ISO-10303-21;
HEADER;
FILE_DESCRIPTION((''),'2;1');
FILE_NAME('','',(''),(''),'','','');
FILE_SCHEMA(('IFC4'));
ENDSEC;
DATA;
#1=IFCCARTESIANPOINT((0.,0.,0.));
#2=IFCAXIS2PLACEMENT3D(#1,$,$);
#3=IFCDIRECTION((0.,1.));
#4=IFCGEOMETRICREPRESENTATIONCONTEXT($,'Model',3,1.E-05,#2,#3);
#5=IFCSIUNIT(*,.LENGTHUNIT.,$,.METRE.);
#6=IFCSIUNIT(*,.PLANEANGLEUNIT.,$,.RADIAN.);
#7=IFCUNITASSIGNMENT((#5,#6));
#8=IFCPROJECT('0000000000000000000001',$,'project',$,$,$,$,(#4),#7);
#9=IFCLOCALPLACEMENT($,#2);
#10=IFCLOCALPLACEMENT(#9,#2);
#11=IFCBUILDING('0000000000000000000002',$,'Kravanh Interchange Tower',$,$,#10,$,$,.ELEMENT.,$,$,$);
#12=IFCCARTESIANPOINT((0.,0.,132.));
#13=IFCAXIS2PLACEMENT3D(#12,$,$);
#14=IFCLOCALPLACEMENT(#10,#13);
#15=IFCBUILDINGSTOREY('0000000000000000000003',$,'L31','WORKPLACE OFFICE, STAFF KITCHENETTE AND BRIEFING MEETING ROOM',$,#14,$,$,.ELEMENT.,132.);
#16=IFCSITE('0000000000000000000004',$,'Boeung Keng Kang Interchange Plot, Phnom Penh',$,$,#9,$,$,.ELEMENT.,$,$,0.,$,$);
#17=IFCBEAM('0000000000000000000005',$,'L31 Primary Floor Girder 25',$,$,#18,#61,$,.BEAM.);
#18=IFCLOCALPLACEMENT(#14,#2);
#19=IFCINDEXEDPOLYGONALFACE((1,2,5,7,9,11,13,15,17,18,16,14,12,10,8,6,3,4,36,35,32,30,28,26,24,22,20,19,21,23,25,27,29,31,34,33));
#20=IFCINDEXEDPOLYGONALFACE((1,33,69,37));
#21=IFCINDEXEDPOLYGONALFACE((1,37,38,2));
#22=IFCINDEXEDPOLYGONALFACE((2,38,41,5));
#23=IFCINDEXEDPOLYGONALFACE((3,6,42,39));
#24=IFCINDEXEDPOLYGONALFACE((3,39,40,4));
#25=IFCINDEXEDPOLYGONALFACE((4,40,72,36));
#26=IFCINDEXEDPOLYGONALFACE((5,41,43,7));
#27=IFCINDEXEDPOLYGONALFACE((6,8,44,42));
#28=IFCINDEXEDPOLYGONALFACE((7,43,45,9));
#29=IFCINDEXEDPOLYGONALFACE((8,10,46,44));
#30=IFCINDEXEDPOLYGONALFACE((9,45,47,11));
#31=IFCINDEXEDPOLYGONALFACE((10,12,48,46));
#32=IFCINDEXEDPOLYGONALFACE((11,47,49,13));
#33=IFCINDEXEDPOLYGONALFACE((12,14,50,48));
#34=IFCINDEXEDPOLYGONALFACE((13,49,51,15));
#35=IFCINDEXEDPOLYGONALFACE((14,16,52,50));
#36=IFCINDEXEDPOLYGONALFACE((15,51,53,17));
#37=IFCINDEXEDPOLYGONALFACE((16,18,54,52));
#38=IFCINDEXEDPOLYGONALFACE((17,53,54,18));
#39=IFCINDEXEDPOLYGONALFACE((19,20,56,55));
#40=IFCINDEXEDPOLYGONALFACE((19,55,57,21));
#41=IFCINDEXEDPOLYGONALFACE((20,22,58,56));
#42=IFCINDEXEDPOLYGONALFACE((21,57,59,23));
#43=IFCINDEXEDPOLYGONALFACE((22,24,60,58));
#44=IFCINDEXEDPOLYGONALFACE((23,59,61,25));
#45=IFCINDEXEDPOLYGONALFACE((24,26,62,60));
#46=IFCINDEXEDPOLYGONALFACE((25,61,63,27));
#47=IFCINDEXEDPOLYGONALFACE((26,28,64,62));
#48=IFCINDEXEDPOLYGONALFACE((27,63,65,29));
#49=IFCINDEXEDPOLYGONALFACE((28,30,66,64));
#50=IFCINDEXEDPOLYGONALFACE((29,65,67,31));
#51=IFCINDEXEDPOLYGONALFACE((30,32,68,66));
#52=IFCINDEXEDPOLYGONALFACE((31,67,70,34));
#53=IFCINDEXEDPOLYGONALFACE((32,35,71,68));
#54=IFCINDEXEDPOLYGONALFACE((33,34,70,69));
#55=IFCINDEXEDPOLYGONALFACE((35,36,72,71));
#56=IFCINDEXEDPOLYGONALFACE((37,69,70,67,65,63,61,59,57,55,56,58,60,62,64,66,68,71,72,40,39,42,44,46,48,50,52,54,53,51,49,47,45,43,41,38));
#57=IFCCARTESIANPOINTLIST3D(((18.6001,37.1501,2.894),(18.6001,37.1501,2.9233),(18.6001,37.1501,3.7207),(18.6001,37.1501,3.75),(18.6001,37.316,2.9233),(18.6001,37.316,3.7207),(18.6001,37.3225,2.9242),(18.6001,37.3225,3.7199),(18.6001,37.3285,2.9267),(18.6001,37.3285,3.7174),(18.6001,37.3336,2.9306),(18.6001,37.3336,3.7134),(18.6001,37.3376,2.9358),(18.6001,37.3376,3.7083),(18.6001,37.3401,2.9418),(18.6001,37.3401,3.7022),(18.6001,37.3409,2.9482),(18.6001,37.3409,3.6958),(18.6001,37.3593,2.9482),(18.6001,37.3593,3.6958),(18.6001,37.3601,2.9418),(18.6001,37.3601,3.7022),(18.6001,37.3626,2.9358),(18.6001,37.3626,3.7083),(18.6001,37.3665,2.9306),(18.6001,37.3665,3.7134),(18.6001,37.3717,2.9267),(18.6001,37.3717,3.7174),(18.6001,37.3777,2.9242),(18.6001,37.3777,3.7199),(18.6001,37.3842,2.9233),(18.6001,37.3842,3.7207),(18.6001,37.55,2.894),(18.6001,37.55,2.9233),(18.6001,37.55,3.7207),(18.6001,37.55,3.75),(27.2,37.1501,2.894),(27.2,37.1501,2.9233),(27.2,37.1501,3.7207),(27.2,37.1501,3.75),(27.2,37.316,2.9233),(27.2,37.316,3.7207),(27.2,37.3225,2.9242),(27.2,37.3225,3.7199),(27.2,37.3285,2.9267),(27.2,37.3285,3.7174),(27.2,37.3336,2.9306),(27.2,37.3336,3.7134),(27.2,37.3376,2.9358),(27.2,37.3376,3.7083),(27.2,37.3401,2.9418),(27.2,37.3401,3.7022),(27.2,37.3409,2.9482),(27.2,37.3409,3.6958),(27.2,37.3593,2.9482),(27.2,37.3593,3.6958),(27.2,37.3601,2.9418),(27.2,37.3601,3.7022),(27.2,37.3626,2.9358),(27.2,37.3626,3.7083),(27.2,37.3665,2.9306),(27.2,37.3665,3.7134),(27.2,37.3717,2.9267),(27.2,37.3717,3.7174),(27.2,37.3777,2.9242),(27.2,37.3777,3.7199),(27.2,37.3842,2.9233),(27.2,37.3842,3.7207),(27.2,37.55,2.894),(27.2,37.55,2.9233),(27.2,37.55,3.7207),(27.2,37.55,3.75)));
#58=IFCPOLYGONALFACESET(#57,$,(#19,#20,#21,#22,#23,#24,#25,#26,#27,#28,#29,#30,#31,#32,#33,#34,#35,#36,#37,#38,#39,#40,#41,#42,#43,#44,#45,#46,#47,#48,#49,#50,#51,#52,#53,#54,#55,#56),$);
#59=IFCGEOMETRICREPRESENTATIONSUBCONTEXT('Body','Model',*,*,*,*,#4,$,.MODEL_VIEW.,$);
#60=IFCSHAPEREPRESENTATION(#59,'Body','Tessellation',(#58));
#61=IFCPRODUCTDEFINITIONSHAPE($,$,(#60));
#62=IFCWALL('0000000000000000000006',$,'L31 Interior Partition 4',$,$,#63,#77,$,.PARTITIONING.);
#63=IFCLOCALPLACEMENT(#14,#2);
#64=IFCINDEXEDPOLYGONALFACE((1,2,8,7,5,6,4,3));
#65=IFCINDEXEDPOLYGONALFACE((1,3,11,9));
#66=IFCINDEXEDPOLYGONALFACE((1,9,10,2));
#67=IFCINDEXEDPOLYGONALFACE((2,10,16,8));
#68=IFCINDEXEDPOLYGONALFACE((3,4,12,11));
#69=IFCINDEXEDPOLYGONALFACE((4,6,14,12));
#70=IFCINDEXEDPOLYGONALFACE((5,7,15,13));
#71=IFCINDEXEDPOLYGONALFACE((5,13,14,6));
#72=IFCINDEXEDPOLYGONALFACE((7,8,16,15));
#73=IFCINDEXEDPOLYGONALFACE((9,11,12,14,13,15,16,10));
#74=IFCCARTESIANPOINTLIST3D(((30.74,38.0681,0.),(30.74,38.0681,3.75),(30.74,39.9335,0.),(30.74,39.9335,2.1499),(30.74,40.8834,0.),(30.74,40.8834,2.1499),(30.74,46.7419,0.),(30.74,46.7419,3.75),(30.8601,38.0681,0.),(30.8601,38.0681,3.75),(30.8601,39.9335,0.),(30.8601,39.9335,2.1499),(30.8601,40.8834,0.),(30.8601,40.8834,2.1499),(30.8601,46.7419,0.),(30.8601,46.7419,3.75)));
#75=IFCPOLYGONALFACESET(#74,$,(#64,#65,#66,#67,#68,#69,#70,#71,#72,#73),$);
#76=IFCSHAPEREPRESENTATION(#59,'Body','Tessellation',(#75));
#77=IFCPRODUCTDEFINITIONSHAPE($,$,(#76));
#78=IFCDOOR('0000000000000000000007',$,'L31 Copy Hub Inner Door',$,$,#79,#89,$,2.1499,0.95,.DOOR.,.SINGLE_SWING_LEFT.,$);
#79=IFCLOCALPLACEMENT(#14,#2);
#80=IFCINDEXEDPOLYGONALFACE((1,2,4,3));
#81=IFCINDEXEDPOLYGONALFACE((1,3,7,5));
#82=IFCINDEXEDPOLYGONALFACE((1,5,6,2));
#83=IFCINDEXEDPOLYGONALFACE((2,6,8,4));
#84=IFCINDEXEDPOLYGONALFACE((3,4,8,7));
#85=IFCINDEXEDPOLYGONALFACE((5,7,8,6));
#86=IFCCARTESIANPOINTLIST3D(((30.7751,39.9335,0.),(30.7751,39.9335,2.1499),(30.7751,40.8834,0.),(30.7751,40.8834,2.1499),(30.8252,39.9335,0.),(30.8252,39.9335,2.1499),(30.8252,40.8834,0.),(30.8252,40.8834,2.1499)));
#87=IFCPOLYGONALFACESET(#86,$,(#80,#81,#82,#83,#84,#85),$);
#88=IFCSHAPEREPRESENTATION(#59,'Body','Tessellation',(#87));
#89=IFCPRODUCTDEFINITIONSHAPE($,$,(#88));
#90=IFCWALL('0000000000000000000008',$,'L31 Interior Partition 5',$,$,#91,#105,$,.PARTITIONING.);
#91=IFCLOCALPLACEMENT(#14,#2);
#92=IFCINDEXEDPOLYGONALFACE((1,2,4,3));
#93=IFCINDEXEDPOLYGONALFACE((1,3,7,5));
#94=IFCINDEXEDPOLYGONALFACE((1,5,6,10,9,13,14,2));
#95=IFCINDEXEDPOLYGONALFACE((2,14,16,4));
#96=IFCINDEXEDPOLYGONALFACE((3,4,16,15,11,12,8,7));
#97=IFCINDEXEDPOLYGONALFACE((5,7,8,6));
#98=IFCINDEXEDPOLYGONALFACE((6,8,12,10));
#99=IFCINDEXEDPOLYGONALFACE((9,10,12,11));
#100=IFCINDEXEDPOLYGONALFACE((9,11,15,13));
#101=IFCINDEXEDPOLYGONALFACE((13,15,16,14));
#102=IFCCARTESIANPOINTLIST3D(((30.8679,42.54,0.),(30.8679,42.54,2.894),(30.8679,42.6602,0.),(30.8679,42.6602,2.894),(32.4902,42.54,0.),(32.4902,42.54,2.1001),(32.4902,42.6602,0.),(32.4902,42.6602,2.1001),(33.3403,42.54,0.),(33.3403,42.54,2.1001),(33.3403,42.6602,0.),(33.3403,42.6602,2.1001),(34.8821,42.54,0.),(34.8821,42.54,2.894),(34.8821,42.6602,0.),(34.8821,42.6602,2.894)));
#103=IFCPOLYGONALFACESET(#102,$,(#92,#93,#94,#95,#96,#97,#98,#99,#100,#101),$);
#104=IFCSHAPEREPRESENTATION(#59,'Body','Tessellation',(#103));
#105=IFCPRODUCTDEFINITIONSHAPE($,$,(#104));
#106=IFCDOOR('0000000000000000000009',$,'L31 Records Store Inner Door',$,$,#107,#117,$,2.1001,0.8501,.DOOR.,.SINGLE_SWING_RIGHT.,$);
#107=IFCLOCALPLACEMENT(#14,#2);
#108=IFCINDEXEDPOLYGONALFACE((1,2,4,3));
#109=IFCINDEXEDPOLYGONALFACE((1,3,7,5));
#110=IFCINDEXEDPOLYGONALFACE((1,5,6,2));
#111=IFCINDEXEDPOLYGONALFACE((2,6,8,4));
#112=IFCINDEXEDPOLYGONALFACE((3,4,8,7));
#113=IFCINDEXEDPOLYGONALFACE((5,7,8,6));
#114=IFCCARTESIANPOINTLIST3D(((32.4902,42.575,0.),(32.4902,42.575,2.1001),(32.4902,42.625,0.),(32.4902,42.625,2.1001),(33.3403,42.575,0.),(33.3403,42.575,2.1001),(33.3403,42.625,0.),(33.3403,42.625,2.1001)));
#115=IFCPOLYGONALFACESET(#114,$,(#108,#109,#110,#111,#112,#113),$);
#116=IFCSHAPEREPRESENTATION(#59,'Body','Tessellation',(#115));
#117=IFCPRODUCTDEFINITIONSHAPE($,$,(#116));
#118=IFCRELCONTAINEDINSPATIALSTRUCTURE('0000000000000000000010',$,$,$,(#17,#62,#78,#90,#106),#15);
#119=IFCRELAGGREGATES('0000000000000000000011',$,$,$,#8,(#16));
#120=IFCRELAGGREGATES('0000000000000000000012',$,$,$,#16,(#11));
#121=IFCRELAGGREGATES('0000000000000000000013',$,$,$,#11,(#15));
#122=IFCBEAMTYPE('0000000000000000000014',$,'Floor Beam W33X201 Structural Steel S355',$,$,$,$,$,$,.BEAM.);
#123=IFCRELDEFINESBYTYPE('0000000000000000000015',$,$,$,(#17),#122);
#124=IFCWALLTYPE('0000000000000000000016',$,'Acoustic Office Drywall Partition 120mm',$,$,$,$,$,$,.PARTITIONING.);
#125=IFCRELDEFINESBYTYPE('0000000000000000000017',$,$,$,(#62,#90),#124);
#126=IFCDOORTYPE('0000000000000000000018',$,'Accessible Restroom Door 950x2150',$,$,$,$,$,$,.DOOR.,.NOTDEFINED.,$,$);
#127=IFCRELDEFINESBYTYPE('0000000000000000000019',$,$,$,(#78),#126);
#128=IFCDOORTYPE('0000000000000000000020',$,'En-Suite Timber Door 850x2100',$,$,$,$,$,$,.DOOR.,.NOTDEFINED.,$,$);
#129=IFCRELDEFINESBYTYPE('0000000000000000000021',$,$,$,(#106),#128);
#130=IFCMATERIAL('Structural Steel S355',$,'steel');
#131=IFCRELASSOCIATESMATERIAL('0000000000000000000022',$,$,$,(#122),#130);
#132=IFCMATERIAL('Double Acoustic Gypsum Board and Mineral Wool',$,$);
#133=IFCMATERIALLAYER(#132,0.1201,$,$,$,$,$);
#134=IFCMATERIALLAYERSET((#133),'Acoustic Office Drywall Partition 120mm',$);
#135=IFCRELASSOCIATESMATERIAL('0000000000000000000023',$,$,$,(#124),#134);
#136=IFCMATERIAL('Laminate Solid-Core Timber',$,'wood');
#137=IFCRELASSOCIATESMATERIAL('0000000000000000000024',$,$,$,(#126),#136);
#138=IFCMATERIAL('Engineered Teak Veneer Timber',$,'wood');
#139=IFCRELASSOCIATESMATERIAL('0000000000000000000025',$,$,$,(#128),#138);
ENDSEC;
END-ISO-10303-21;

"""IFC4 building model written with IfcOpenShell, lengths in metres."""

from ifc_helpers import new_model, si_unit, direction, frame, frame_2d, origin, origin_2d, place, context, subcontext, project, spatial, rectangle, i_section, extrude, material, layer, layer_set, material_profile, profile_set, type_object, element, fill, save


model = new_model("IFC4")

# Units and contexts
model_context = context("Model", 3, precision=1e-05, world=origin(), true_north=direction((0.0, 1.0)))
body_context = subcontext(model_context, "Body", "Model", "MODEL_VIEW")
ifc_project = project(units=[si_unit("LENGTHUNIT", "METRE"), si_unit("PLANEANGLEUNIT", "RADIAN")], contexts=[model_context])

# Site, building, storey
site_placement = place(None, origin())
site = spatial("IfcSite", under=ifc_project, at=site_placement, Name="Boeung Keng Kang Interchange Plot, Phnom Penh", CompositionType="ELEMENT", RefElevation=0.0)
building_placement = place(site_placement, origin())
building = spatial("IfcBuilding", under=site, at=building_placement, Name="Kravanh Interchange Tower", CompositionType="ELEMENT")
storey_placement = place(building_placement, frame((0.0, 0.0, 132.0)))
storey = spatial("IfcBuildingStorey", under=building, at=storey_placement, Name="L31", Description="WORKPLACE OFFICE, STAFF KITCHENETTE AND BRIEFING MEETING ROOM", CompositionType="ELEMENT", Elevation=132.0)

# Beam
ifc_material_1 = material(Name="Structural Steel S355", Category="steel")
ifc_material_profile_1 = material_profile(ifc_material_1, i_section(OverallWidth=0.3999, OverallDepth=0.856, WebThickness=0.0183, FlangeThickness=0.0293, FilletRadius=0.0249, at=origin_2d()), Name="W33X201")
ifc_profile_set_1 = profile_set([ifc_material_profile_1], Name="Structural Steel S355")
beam_type = type_object("IfcBeamType", Name="Floor Beam W33X201 Structural Steel S355", PredefinedType="BEAM", material=ifc_profile_set_1)
beam_1_placement = place(storey_placement, frame((27.2, 37.3501, 3.322), z_axis=(-1.0, 0.0, 0.0), x_axis=(0.0, -1.0, 0.0)))
element("IfcBeam", 1, at=beam_1_placement, inside=storey, type_object=beam_type, Name="L31 Primary Floor Girder 25", PredefinedType="BEAM", context=body_context, shape_type="SweptSolid", body=[
    extrude(i_section(OverallWidth=0.3999, OverallDepth=0.856, WebThickness=0.0183, FlangeThickness=0.0293, FilletRadius=0.0249, at=origin_2d()), origin(), (0.0, 0.0, 1.0), 8.5999),
])

# Walls, openings, doors
ifc_material_2 = material(Name="Double Acoustic Gypsum Board and Mineral Wool")
ifc_layer_1 = layer(ifc_material_2, 0.1201)
ifc_layer_set_1 = layer_set([ifc_layer_1], Name="Acoustic Office Drywall Partition 120mm")
wall_type_1 = type_object("IfcWallType", Name="Acoustic Office Drywall Partition 120mm", PredefinedType="PARTITIONING", material=ifc_layer_set_1)
wall_1_placement = place(storey_placement, frame((30.8, 38.0681, 0.0), z_axis=(0.0, 0.0, 1.0), x_axis=(0.0, 1.0, 0.0)))
wall_1 = element("IfcWall", 2, at=wall_1_placement, inside=storey, type_object=wall_type_1, Name="L31 Interior Partition 4", PredefinedType="PARTITIONING", context=body_context, shape_type="SweptSolid", body=[
    extrude(rectangle(XDim=8.6738, YDim=0.1201, at=frame_2d((4.3369, 0.0))), origin(), (0.0, 0.0, 1.0), 3.75),
])
opening_1_placement = place(wall_1_placement, frame((1.8652, 0.0, 0.0)))
opening_1 = element("IfcOpeningElement", 3, at=opening_1_placement, cuts=wall_1, PredefinedType="OPENING", context=body_context, shape_type="SweptSolid", body=[
    extrude(rectangle(XDim=0.95, YDim=2.1499, at=frame_2d((0.4751, 1.075))), frame((0.0, 0.0701, 0.0), z_axis=(0.0, -1.0, 0.0), x_axis=(1.0, 0.0, 0.0)), (0.0, 0.0, 1.0), 0.1401),
])
ifc_material_3 = material(Name="Laminate Solid-Core Timber", Category="wood")
door_type_1 = type_object("IfcDoorType", Name="Accessible Restroom Door 950x2150", OperationType="NOTDEFINED", PredefinedType="DOOR", material=ifc_material_3)
door_1_placement = place(opening_1_placement, origin())
door_1 = element("IfcDoor", 4, at=door_1_placement, inside=storey, type_object=door_type_1, Name="L31 Copy Hub Inner Door", OperationType="SINGLE_SWING_LEFT", OverallHeight=2.1499, OverallWidth=0.95, PredefinedType="DOOR", context=body_context, shape_type="SweptSolid", body=[
    extrude(rectangle(XDim=0.95, YDim=2.1499, at=frame_2d((0.4751, 1.075))), frame((0.0, 0.0249, 0.0), z_axis=(0.0, -1.0, 0.0), x_axis=(1.0, 0.0, 0.0)), (0.0, 0.0, 1.0), 0.05),
])
fill(opening_1, door_1)
wall_2_placement = place(storey_placement, frame((30.8679, 42.6001, 0.0), z_axis=(0.0, 0.0, 1.0), x_axis=(1.0, 0.0, 0.0)))
wall_2 = element("IfcWall", 5, at=wall_2_placement, inside=storey, type_object=wall_type_1, Name="L31 Interior Partition 5", PredefinedType="PARTITIONING", context=body_context, shape_type="SweptSolid", body=[
    extrude(rectangle(XDim=4.0142, YDim=0.1201, at=frame_2d((2.0071, 0.0))), origin(), (0.0, 0.0, 1.0), 2.894),
])
opening_2_placement = place(wall_2_placement, frame((1.6223, 0.0, 0.0)))
opening_2 = element("IfcOpeningElement", 6, at=opening_2_placement, cuts=wall_2, PredefinedType="OPENING", context=body_context, shape_type="SweptSolid", body=[
    extrude(rectangle(XDim=0.8501, YDim=2.1001, at=frame_2d((0.425, 1.05))), frame((0.0, 0.0701, 0.0), z_axis=(0.0, -1.0, 0.0), x_axis=(1.0, 0.0, 0.0)), (0.0, 0.0, 1.0), 0.1401),
])
ifc_material_4 = material(Name="Engineered Teak Veneer Timber", Category="wood")
door_type_2 = type_object("IfcDoorType", Name="En-Suite Timber Door 850x2100", OperationType="NOTDEFINED", PredefinedType="DOOR", material=ifc_material_4)
door_2_placement = place(opening_2_placement, origin())
door_2 = element("IfcDoor", 7, at=door_2_placement, inside=storey, type_object=door_type_2, Name="L31 Records Store Inner Door", OperationType="SINGLE_SWING_RIGHT", OverallHeight=2.1001, OverallWidth=0.8501, PredefinedType="DOOR", context=body_context, shape_type="SweptSolid", body=[
    extrude(rectangle(XDim=0.8501, YDim=2.1001, at=frame_2d((0.425, 1.05))), frame((0.0, 0.0249, 0.0), z_axis=(0.0, -1.0, 0.0), x_axis=(1.0, 0.0, 0.0)), (0.0, 0.0, 1.0), 0.05),
])
fill(opening_2, door_2)

save(model, "model.ifc")
